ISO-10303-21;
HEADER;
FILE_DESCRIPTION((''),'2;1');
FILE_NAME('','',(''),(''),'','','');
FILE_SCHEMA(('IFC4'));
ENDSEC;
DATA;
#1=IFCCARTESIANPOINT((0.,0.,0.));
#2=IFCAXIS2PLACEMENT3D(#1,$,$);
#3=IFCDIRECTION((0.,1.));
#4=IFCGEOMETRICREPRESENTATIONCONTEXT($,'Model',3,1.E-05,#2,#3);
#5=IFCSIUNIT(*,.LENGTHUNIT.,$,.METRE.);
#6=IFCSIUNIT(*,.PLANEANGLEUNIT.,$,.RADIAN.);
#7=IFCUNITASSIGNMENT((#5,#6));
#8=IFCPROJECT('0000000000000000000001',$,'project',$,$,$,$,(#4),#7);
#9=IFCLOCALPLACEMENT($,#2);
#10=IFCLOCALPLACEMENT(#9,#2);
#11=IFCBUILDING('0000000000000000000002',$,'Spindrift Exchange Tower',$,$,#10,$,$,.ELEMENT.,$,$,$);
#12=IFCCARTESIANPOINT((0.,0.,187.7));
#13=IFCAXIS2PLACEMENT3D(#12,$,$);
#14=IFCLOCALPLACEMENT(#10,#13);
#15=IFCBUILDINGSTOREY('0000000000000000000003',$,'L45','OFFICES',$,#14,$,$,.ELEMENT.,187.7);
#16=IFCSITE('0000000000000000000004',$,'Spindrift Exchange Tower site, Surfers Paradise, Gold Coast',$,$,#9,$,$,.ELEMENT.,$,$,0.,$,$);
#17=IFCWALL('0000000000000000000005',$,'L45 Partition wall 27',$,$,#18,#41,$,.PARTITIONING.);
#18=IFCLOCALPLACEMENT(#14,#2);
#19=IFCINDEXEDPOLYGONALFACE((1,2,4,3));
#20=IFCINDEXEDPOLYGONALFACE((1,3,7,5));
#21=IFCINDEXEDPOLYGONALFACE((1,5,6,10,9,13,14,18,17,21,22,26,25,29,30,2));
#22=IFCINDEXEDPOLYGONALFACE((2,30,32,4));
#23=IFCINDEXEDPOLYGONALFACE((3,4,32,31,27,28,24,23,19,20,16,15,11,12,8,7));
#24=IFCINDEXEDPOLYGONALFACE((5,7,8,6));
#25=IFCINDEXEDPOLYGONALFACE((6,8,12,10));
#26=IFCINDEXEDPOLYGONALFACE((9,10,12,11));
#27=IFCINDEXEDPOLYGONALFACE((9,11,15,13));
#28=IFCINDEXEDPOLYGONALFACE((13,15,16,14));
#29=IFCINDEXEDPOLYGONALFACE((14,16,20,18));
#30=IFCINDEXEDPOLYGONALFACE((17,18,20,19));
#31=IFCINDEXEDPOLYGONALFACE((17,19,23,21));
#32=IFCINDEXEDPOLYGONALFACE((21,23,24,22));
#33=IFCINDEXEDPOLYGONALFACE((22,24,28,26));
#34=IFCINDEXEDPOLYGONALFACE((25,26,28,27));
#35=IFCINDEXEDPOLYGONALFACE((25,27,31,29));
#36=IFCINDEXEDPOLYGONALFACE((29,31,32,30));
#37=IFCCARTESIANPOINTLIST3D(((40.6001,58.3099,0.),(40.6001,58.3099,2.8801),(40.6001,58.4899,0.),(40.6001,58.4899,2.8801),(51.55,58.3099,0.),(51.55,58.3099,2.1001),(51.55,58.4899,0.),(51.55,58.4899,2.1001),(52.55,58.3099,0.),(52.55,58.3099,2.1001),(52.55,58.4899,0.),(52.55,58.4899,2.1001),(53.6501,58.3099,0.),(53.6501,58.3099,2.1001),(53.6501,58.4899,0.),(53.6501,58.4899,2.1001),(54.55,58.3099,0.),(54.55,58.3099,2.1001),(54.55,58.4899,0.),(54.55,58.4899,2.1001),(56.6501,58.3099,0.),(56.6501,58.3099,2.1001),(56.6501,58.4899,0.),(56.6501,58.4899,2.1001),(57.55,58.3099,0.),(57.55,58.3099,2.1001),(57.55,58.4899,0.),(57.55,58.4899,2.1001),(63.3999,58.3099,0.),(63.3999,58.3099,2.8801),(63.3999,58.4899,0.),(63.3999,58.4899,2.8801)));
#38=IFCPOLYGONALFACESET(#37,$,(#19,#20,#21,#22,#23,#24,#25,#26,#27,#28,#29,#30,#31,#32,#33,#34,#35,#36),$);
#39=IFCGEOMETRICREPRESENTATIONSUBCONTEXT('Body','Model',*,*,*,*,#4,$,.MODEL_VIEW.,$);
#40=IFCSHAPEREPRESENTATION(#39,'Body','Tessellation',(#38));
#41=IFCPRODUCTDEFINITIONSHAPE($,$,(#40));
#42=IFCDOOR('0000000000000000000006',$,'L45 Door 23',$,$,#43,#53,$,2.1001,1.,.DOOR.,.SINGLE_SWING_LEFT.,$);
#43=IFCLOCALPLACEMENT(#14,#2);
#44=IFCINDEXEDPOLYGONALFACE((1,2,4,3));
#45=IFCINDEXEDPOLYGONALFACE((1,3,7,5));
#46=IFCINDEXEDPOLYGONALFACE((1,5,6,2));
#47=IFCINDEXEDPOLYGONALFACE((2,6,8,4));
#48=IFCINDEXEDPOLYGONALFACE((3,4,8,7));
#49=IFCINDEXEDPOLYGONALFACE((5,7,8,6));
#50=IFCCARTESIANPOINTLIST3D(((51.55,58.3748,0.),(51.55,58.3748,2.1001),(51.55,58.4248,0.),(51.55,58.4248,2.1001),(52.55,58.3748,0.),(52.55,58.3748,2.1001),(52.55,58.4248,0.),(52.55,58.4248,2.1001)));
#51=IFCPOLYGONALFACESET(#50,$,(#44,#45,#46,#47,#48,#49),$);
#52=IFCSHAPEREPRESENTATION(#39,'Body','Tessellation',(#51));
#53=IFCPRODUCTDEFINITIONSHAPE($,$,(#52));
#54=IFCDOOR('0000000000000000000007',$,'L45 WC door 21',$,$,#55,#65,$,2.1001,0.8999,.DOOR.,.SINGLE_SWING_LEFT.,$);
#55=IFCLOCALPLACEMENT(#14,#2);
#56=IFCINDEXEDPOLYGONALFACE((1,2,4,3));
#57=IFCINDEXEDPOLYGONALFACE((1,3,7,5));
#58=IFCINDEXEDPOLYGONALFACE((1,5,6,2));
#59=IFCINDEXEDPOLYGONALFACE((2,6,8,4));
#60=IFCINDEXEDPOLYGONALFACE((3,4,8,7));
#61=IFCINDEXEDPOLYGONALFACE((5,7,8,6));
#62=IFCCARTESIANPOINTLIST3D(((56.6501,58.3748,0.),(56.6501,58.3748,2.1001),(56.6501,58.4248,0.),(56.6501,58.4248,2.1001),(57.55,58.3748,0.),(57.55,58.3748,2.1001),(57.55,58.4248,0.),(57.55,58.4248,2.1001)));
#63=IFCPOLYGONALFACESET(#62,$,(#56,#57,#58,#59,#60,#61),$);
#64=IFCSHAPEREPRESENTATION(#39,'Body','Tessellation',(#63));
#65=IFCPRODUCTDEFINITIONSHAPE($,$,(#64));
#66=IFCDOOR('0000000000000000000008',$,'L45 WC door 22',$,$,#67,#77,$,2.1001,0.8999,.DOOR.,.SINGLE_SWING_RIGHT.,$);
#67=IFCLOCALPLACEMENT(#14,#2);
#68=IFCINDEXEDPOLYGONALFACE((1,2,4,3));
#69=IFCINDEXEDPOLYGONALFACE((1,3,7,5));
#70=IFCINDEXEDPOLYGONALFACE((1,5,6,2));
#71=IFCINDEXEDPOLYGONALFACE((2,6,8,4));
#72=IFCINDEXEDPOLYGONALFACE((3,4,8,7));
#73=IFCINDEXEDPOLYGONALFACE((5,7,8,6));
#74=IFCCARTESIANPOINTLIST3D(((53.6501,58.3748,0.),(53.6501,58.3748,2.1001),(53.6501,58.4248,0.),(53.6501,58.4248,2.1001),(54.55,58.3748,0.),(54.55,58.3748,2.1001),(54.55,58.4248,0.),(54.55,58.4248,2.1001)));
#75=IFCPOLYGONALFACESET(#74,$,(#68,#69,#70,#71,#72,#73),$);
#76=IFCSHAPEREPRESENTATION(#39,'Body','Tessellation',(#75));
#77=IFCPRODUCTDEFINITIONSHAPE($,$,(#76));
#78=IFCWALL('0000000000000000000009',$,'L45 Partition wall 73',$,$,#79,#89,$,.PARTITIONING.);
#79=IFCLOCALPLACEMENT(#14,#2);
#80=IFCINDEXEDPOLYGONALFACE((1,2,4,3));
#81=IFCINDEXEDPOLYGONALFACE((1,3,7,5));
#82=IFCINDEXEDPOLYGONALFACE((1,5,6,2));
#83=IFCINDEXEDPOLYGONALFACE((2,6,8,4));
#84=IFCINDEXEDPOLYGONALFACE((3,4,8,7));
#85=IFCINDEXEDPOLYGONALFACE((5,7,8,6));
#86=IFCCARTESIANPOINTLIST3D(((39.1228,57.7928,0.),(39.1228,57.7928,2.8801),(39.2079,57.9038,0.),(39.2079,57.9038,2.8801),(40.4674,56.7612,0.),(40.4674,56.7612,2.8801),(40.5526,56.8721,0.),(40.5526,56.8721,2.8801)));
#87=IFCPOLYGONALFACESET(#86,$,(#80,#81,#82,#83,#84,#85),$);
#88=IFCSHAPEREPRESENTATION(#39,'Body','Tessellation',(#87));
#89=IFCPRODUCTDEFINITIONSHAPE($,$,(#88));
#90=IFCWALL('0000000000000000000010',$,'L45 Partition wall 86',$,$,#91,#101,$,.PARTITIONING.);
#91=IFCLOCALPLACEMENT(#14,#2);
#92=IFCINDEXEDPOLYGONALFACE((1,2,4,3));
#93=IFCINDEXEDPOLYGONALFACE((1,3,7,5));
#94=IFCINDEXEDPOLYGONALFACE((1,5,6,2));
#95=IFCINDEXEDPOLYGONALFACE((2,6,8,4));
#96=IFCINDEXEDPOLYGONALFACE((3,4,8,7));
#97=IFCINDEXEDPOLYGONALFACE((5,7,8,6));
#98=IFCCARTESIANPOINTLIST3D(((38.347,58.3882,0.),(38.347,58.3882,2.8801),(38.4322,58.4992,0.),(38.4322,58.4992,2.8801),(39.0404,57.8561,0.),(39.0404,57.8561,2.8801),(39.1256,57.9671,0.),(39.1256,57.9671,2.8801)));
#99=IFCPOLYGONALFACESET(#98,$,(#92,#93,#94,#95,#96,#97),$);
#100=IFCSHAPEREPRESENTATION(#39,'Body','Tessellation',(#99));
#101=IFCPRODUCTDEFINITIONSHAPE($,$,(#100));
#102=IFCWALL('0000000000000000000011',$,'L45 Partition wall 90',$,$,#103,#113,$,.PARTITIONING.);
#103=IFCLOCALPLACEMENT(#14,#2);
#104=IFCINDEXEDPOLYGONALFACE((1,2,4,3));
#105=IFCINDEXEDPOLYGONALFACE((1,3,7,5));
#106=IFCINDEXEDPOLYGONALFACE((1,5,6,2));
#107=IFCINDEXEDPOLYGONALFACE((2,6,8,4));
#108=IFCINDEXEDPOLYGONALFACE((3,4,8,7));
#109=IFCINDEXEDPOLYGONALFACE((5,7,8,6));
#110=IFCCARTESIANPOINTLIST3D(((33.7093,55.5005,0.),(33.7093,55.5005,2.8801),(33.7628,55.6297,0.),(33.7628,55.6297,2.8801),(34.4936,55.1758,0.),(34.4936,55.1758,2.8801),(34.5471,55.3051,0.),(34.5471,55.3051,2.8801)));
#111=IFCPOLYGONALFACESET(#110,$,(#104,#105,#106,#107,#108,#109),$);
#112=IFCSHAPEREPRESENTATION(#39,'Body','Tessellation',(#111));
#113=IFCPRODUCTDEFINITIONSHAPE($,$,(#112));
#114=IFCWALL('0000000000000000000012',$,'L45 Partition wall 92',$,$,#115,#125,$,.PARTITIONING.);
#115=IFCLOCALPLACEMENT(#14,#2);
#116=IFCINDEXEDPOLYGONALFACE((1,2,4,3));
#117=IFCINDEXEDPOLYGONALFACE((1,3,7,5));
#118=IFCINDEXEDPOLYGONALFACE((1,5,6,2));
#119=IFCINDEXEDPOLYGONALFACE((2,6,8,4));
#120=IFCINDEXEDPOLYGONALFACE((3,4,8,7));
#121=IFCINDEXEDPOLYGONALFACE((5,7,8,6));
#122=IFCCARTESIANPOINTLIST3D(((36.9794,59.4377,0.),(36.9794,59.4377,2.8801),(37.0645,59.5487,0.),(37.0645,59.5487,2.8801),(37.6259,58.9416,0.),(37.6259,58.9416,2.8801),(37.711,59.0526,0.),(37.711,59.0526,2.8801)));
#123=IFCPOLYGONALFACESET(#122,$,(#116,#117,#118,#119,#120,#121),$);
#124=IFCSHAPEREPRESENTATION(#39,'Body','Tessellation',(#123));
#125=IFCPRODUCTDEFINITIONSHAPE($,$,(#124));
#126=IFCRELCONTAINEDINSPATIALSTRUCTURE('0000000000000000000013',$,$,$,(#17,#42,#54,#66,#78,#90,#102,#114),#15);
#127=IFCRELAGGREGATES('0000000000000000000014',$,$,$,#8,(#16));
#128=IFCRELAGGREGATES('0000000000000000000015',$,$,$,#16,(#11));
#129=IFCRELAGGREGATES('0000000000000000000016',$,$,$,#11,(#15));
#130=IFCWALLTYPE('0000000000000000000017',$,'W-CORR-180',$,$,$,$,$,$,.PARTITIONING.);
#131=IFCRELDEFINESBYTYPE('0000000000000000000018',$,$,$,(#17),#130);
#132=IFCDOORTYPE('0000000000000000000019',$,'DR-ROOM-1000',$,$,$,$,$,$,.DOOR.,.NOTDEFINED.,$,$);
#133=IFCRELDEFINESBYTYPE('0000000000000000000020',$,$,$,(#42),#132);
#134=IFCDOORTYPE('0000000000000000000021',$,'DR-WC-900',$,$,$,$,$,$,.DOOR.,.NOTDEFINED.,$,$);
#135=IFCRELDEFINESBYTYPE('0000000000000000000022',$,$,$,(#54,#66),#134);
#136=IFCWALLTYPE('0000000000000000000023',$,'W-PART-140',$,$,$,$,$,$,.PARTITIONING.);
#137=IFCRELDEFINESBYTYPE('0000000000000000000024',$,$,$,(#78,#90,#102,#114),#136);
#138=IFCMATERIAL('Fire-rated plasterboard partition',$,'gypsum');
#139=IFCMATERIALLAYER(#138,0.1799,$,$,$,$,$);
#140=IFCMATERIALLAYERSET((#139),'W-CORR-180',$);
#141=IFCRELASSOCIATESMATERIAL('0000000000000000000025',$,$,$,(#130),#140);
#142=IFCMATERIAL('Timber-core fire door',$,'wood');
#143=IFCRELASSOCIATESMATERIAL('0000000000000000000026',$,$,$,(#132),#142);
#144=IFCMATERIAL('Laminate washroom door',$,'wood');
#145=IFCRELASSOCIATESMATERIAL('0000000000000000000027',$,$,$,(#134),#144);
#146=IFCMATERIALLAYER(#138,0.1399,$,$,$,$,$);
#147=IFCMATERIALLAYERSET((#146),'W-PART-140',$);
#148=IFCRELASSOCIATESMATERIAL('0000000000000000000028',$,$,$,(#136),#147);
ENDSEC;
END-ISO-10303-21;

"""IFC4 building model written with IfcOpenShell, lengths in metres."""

from ifc_helpers import new_model, si_unit, direction, frame, frame_2d, origin, place, context, subcontext, project, spatial, rectangle, extrude, source, transform, mapped, material, layer, layer_set, type_object, element, fill, save


model = new_model("IFC4")

# Units and contexts
model_context = context("Model", 3, precision=1e-05, world=origin(), true_north=direction((0.0, 1.0)))
body_context = subcontext(model_context, "Body", "Model", "MODEL_VIEW")
ifc_project = project(units=[si_unit("LENGTHUNIT", "METRE"), si_unit("PLANEANGLEUNIT", "RADIAN")], contexts=[model_context])

# Site, building, storey
site_placement = place(None, origin())
site = spatial("IfcSite", under=ifc_project, at=site_placement, Name="Spindrift Exchange Tower site, Surfers Paradise, Gold Coast", CompositionType="ELEMENT", RefElevation=0.0)
building_placement = place(site_placement, origin())
building = spatial("IfcBuilding", under=site, at=building_placement, Name="Spindrift Exchange Tower", CompositionType="ELEMENT")
storey_placement = place(building_placement, frame((0.0, 0.0, 187.7)))
storey = spatial("IfcBuildingStorey", under=building, at=storey_placement, Name="L45", Description="OFFICES", CompositionType="ELEMENT", Elevation=187.7)

# Shared definitions
ifc_material_1 = material(Name="Timber-core fire door", Category="wood")

# Wall, openings, doors
ifc_material_2 = material(Name="Fire-rated plasterboard partition", Category="gypsum")
ifc_layer_1 = layer(ifc_material_2, 0.1799)
ifc_layer_set_1 = layer_set([ifc_layer_1], Name="W-CORR-180")
wall_type_1 = type_object("IfcWallType", Name="W-CORR-180", PredefinedType="PARTITIONING", material=ifc_layer_set_1)
wall_1_placement = place(storey_placement, frame((40.6001, 58.3999, 0.0), z_axis=(0.0, 0.0, 1.0), x_axis=(1.0, 0.0, 0.0)))
wall_1 = element("IfcWall", 1, at=wall_1_placement, inside=storey, type_object=wall_type_1, Name="L45 Partition wall 27", PredefinedType="PARTITIONING", context=body_context, shape_type="SweptSolid", body=[
    extrude(rectangle(XDim=22.7998, YDim=0.1799, at=frame_2d((11.3999, 0.0))), origin(), (0.0, 0.0, 1.0), 2.8801),
])
opening_1_placement = place(wall_1_placement, frame((16.05, 0.0, 0.0)))
opening_1 = element("IfcOpeningElement", 2, at=opening_1_placement, cuts=wall_1, PredefinedType="OPENING", context=body_context, shape_type="SweptSolid", body=[
    extrude(rectangle(XDim=0.8999, YDim=2.1001, at=frame_2d((0.45, 1.05))), frame((0.0, 0.0999, 0.0), z_axis=(0.0, -1.0, 0.0), x_axis=(1.0, 0.0, 0.0)), (0.0, 0.0, 1.0), 0.2),
])
opening_2_placement = place(wall_1_placement, frame((13.05, 0.0, 0.0)))
opening_2 = element("IfcOpeningElement", 3, at=opening_2_placement, cuts=wall_1, PredefinedType="OPENING", context=body_context, shape_type="SweptSolid", body=[
    extrude(rectangle(XDim=0.8999, YDim=2.1001, at=frame_2d((0.45, 1.05))), frame((0.0, 0.0999, 0.0), z_axis=(0.0, -1.0, 0.0), x_axis=(1.0, 0.0, 0.0)), (0.0, 0.0, 1.0), 0.2),
])
opening_3_placement = place(wall_1_placement, frame((10.95, 0.0, 0.0)))
opening_3 = element("IfcOpeningElement", 4, at=opening_3_placement, cuts=wall_1, PredefinedType="OPENING", context=body_context, shape_type="SweptSolid", body=[
    extrude(rectangle(XDim=1.0, YDim=2.1001, at=frame_2d((0.5, 1.05))), frame((0.0, 0.0999, 0.0), z_axis=(0.0, -1.0, 0.0), x_axis=(1.0, 0.0, 0.0)), (0.0, 0.0, 1.0), 0.2),
])
door_type_1 = type_object("IfcDoorType", Name="DR-ROOM-1000", OperationType="NOTDEFINED", PredefinedType="DOOR", material=ifc_material_1)
shared_shape_1 = source(origin(), body_context, "Body", "SweptSolid", [
    extrude(rectangle(XDim=1.0, YDim=2.1001, at=frame_2d((0.5, 1.05))), frame((0.0, 0.0249, 0.0), z_axis=(0.0, -1.0, 0.0), x_axis=(1.0, 0.0, 0.0)), (0.0, 0.0, 1.0), 0.05),
])
door_1_placement = place(opening_3_placement, origin())
door_1 = element("IfcDoor", 5, at=door_1_placement, inside=storey, type_object=door_type_1, Name="L45 Door 23", OperationType="SINGLE_SWING_LEFT", OverallHeight=2.1001, OverallWidth=1.0, PredefinedType="DOOR", context=body_context, shape_type="MappedRepresentation", body=[
    mapped(shared_shape_1, transform((0.0, 0.0, 0.0), scale=1.0)),
])
fill(opening_3, door_1)
ifc_material_3 = material(Name="Laminate washroom door", Category="wood")
door_type_2 = type_object("IfcDoorType", Name="DR-WC-900", OperationType="NOTDEFINED", PredefinedType="DOOR", material=ifc_material_3)
shared_shape_2 = source(origin(), body_context, "Body", "SweptSolid", [
    extrude(rectangle(XDim=0.8999, YDim=2.1001, at=frame_2d((0.45, 1.05))), frame((0.0, 0.0249, 0.0), z_axis=(0.0, -1.0, 0.0), x_axis=(1.0, 0.0, 0.0)), (0.0, 0.0, 1.0), 0.05),
])
door_2_placement = place(opening_1_placement, origin())
door_2 = element("IfcDoor", 6, at=door_2_placement, inside=storey, type_object=door_type_2, Name="L45 WC door 21", OperationType="SINGLE_SWING_LEFT", OverallHeight=2.1001, OverallWidth=0.8999, PredefinedType="DOOR", context=body_context, shape_type="MappedRepresentation", body=[
    mapped(shared_shape_2, transform((0.0, 0.0, 0.0), scale=1.0)),
])
fill(opening_1, door_2)
door_3_placement = place(opening_2_placement, origin())
door_3 = element("IfcDoor", 7, at=door_3_placement, inside=storey, type_object=door_type_2, Name="L45 WC door 22", OperationType="SINGLE_SWING_RIGHT", OverallHeight=2.1001, OverallWidth=0.8999, PredefinedType="DOOR", context=body_context, shape_type="MappedRepresentation", body=[
    mapped(shared_shape_2, transform((0.0, 0.0, 0.0), scale=1.0)),
])
fill(opening_2, door_3)

# Walls
ifc_layer_2 = layer(ifc_material_2, 0.1399)
ifc_layer_set_2 = layer_set([ifc_layer_2], Name="W-PART-140")
wall_type_2 = type_object("IfcWallType", Name="W-PART-140", PredefinedType="PARTITIONING", material=ifc_layer_set_2)
wall_2_placement = place(storey_placement, frame((40.51, 56.8167, 0.0), z_axis=(0.0, 0.0, 1.0), x_axis=(-0.793384, 0.608722, 0.0)))
element("IfcWall", 8, at=wall_2_placement, inside=storey, type_object=wall_type_2, Name="L45 Partition wall 73", PredefinedType="PARTITIONING", context=body_context, shape_type="SweptSolid", body=[
    extrude(rectangle(XDim=1.6948, YDim=0.1399, at=frame_2d((0.8474, 0.0))), origin(), (0.0, 0.0, 1.0), 2.8801),
])
wall_3_placement = place(storey_placement, frame((39.083, 57.9116, 0.0), z_axis=(0.0, 0.0, 1.0), x_axis=(-0.793381, 0.608725, 0.0)))
element("IfcWall", 9, at=wall_3_placement, inside=storey, type_object=wall_type_2, Name="L45 Partition wall 86", PredefinedType="PARTITIONING", context=body_context, shape_type="SweptSolid", body=[
    extrude(rectangle(XDim=0.874, YDim=0.1399, at=frame_2d((0.437, 0.0))), origin(), (0.0, 0.0, 1.0), 2.8801),
])
wall_4_placement = place(storey_placement, frame((34.5203, 55.2405, 0.0), z_axis=(0.0, 0.0, 1.0), x_axis=(-0.923968, 0.38247, 0.0)))
element("IfcWall", 10, at=wall_4_placement, inside=storey, type_object=wall_type_2, Name="L45 Partition wall 90", PredefinedType="PARTITIONING", context=body_context, shape_type="SweptSolid", body=[
    extrude(rectangle(XDim=0.8489, YDim=0.1399, at=frame_2d((0.4243, 0.0))), origin(), (0.0, 0.0, 1.0), 2.8801),
])
wall_5_placement = place(storey_placement, frame((37.6685, 58.9971, 0.0), z_axis=(0.0, 0.0, 1.0), x_axis=(-0.793336, 0.608784, 0.0)))
element("IfcWall", 11, at=wall_5_placement, inside=storey, type_object=wall_type_2, Name="L45 Partition wall 92", PredefinedType="PARTITIONING", context=body_context, shape_type="SweptSolid", body=[
    extrude(rectangle(XDim=0.8149, YDim=0.1399, at=frame_2d((0.4075, 0.0))), origin(), (0.0, 0.0, 1.0), 2.8801),
])

save(model, "model.ifc")
